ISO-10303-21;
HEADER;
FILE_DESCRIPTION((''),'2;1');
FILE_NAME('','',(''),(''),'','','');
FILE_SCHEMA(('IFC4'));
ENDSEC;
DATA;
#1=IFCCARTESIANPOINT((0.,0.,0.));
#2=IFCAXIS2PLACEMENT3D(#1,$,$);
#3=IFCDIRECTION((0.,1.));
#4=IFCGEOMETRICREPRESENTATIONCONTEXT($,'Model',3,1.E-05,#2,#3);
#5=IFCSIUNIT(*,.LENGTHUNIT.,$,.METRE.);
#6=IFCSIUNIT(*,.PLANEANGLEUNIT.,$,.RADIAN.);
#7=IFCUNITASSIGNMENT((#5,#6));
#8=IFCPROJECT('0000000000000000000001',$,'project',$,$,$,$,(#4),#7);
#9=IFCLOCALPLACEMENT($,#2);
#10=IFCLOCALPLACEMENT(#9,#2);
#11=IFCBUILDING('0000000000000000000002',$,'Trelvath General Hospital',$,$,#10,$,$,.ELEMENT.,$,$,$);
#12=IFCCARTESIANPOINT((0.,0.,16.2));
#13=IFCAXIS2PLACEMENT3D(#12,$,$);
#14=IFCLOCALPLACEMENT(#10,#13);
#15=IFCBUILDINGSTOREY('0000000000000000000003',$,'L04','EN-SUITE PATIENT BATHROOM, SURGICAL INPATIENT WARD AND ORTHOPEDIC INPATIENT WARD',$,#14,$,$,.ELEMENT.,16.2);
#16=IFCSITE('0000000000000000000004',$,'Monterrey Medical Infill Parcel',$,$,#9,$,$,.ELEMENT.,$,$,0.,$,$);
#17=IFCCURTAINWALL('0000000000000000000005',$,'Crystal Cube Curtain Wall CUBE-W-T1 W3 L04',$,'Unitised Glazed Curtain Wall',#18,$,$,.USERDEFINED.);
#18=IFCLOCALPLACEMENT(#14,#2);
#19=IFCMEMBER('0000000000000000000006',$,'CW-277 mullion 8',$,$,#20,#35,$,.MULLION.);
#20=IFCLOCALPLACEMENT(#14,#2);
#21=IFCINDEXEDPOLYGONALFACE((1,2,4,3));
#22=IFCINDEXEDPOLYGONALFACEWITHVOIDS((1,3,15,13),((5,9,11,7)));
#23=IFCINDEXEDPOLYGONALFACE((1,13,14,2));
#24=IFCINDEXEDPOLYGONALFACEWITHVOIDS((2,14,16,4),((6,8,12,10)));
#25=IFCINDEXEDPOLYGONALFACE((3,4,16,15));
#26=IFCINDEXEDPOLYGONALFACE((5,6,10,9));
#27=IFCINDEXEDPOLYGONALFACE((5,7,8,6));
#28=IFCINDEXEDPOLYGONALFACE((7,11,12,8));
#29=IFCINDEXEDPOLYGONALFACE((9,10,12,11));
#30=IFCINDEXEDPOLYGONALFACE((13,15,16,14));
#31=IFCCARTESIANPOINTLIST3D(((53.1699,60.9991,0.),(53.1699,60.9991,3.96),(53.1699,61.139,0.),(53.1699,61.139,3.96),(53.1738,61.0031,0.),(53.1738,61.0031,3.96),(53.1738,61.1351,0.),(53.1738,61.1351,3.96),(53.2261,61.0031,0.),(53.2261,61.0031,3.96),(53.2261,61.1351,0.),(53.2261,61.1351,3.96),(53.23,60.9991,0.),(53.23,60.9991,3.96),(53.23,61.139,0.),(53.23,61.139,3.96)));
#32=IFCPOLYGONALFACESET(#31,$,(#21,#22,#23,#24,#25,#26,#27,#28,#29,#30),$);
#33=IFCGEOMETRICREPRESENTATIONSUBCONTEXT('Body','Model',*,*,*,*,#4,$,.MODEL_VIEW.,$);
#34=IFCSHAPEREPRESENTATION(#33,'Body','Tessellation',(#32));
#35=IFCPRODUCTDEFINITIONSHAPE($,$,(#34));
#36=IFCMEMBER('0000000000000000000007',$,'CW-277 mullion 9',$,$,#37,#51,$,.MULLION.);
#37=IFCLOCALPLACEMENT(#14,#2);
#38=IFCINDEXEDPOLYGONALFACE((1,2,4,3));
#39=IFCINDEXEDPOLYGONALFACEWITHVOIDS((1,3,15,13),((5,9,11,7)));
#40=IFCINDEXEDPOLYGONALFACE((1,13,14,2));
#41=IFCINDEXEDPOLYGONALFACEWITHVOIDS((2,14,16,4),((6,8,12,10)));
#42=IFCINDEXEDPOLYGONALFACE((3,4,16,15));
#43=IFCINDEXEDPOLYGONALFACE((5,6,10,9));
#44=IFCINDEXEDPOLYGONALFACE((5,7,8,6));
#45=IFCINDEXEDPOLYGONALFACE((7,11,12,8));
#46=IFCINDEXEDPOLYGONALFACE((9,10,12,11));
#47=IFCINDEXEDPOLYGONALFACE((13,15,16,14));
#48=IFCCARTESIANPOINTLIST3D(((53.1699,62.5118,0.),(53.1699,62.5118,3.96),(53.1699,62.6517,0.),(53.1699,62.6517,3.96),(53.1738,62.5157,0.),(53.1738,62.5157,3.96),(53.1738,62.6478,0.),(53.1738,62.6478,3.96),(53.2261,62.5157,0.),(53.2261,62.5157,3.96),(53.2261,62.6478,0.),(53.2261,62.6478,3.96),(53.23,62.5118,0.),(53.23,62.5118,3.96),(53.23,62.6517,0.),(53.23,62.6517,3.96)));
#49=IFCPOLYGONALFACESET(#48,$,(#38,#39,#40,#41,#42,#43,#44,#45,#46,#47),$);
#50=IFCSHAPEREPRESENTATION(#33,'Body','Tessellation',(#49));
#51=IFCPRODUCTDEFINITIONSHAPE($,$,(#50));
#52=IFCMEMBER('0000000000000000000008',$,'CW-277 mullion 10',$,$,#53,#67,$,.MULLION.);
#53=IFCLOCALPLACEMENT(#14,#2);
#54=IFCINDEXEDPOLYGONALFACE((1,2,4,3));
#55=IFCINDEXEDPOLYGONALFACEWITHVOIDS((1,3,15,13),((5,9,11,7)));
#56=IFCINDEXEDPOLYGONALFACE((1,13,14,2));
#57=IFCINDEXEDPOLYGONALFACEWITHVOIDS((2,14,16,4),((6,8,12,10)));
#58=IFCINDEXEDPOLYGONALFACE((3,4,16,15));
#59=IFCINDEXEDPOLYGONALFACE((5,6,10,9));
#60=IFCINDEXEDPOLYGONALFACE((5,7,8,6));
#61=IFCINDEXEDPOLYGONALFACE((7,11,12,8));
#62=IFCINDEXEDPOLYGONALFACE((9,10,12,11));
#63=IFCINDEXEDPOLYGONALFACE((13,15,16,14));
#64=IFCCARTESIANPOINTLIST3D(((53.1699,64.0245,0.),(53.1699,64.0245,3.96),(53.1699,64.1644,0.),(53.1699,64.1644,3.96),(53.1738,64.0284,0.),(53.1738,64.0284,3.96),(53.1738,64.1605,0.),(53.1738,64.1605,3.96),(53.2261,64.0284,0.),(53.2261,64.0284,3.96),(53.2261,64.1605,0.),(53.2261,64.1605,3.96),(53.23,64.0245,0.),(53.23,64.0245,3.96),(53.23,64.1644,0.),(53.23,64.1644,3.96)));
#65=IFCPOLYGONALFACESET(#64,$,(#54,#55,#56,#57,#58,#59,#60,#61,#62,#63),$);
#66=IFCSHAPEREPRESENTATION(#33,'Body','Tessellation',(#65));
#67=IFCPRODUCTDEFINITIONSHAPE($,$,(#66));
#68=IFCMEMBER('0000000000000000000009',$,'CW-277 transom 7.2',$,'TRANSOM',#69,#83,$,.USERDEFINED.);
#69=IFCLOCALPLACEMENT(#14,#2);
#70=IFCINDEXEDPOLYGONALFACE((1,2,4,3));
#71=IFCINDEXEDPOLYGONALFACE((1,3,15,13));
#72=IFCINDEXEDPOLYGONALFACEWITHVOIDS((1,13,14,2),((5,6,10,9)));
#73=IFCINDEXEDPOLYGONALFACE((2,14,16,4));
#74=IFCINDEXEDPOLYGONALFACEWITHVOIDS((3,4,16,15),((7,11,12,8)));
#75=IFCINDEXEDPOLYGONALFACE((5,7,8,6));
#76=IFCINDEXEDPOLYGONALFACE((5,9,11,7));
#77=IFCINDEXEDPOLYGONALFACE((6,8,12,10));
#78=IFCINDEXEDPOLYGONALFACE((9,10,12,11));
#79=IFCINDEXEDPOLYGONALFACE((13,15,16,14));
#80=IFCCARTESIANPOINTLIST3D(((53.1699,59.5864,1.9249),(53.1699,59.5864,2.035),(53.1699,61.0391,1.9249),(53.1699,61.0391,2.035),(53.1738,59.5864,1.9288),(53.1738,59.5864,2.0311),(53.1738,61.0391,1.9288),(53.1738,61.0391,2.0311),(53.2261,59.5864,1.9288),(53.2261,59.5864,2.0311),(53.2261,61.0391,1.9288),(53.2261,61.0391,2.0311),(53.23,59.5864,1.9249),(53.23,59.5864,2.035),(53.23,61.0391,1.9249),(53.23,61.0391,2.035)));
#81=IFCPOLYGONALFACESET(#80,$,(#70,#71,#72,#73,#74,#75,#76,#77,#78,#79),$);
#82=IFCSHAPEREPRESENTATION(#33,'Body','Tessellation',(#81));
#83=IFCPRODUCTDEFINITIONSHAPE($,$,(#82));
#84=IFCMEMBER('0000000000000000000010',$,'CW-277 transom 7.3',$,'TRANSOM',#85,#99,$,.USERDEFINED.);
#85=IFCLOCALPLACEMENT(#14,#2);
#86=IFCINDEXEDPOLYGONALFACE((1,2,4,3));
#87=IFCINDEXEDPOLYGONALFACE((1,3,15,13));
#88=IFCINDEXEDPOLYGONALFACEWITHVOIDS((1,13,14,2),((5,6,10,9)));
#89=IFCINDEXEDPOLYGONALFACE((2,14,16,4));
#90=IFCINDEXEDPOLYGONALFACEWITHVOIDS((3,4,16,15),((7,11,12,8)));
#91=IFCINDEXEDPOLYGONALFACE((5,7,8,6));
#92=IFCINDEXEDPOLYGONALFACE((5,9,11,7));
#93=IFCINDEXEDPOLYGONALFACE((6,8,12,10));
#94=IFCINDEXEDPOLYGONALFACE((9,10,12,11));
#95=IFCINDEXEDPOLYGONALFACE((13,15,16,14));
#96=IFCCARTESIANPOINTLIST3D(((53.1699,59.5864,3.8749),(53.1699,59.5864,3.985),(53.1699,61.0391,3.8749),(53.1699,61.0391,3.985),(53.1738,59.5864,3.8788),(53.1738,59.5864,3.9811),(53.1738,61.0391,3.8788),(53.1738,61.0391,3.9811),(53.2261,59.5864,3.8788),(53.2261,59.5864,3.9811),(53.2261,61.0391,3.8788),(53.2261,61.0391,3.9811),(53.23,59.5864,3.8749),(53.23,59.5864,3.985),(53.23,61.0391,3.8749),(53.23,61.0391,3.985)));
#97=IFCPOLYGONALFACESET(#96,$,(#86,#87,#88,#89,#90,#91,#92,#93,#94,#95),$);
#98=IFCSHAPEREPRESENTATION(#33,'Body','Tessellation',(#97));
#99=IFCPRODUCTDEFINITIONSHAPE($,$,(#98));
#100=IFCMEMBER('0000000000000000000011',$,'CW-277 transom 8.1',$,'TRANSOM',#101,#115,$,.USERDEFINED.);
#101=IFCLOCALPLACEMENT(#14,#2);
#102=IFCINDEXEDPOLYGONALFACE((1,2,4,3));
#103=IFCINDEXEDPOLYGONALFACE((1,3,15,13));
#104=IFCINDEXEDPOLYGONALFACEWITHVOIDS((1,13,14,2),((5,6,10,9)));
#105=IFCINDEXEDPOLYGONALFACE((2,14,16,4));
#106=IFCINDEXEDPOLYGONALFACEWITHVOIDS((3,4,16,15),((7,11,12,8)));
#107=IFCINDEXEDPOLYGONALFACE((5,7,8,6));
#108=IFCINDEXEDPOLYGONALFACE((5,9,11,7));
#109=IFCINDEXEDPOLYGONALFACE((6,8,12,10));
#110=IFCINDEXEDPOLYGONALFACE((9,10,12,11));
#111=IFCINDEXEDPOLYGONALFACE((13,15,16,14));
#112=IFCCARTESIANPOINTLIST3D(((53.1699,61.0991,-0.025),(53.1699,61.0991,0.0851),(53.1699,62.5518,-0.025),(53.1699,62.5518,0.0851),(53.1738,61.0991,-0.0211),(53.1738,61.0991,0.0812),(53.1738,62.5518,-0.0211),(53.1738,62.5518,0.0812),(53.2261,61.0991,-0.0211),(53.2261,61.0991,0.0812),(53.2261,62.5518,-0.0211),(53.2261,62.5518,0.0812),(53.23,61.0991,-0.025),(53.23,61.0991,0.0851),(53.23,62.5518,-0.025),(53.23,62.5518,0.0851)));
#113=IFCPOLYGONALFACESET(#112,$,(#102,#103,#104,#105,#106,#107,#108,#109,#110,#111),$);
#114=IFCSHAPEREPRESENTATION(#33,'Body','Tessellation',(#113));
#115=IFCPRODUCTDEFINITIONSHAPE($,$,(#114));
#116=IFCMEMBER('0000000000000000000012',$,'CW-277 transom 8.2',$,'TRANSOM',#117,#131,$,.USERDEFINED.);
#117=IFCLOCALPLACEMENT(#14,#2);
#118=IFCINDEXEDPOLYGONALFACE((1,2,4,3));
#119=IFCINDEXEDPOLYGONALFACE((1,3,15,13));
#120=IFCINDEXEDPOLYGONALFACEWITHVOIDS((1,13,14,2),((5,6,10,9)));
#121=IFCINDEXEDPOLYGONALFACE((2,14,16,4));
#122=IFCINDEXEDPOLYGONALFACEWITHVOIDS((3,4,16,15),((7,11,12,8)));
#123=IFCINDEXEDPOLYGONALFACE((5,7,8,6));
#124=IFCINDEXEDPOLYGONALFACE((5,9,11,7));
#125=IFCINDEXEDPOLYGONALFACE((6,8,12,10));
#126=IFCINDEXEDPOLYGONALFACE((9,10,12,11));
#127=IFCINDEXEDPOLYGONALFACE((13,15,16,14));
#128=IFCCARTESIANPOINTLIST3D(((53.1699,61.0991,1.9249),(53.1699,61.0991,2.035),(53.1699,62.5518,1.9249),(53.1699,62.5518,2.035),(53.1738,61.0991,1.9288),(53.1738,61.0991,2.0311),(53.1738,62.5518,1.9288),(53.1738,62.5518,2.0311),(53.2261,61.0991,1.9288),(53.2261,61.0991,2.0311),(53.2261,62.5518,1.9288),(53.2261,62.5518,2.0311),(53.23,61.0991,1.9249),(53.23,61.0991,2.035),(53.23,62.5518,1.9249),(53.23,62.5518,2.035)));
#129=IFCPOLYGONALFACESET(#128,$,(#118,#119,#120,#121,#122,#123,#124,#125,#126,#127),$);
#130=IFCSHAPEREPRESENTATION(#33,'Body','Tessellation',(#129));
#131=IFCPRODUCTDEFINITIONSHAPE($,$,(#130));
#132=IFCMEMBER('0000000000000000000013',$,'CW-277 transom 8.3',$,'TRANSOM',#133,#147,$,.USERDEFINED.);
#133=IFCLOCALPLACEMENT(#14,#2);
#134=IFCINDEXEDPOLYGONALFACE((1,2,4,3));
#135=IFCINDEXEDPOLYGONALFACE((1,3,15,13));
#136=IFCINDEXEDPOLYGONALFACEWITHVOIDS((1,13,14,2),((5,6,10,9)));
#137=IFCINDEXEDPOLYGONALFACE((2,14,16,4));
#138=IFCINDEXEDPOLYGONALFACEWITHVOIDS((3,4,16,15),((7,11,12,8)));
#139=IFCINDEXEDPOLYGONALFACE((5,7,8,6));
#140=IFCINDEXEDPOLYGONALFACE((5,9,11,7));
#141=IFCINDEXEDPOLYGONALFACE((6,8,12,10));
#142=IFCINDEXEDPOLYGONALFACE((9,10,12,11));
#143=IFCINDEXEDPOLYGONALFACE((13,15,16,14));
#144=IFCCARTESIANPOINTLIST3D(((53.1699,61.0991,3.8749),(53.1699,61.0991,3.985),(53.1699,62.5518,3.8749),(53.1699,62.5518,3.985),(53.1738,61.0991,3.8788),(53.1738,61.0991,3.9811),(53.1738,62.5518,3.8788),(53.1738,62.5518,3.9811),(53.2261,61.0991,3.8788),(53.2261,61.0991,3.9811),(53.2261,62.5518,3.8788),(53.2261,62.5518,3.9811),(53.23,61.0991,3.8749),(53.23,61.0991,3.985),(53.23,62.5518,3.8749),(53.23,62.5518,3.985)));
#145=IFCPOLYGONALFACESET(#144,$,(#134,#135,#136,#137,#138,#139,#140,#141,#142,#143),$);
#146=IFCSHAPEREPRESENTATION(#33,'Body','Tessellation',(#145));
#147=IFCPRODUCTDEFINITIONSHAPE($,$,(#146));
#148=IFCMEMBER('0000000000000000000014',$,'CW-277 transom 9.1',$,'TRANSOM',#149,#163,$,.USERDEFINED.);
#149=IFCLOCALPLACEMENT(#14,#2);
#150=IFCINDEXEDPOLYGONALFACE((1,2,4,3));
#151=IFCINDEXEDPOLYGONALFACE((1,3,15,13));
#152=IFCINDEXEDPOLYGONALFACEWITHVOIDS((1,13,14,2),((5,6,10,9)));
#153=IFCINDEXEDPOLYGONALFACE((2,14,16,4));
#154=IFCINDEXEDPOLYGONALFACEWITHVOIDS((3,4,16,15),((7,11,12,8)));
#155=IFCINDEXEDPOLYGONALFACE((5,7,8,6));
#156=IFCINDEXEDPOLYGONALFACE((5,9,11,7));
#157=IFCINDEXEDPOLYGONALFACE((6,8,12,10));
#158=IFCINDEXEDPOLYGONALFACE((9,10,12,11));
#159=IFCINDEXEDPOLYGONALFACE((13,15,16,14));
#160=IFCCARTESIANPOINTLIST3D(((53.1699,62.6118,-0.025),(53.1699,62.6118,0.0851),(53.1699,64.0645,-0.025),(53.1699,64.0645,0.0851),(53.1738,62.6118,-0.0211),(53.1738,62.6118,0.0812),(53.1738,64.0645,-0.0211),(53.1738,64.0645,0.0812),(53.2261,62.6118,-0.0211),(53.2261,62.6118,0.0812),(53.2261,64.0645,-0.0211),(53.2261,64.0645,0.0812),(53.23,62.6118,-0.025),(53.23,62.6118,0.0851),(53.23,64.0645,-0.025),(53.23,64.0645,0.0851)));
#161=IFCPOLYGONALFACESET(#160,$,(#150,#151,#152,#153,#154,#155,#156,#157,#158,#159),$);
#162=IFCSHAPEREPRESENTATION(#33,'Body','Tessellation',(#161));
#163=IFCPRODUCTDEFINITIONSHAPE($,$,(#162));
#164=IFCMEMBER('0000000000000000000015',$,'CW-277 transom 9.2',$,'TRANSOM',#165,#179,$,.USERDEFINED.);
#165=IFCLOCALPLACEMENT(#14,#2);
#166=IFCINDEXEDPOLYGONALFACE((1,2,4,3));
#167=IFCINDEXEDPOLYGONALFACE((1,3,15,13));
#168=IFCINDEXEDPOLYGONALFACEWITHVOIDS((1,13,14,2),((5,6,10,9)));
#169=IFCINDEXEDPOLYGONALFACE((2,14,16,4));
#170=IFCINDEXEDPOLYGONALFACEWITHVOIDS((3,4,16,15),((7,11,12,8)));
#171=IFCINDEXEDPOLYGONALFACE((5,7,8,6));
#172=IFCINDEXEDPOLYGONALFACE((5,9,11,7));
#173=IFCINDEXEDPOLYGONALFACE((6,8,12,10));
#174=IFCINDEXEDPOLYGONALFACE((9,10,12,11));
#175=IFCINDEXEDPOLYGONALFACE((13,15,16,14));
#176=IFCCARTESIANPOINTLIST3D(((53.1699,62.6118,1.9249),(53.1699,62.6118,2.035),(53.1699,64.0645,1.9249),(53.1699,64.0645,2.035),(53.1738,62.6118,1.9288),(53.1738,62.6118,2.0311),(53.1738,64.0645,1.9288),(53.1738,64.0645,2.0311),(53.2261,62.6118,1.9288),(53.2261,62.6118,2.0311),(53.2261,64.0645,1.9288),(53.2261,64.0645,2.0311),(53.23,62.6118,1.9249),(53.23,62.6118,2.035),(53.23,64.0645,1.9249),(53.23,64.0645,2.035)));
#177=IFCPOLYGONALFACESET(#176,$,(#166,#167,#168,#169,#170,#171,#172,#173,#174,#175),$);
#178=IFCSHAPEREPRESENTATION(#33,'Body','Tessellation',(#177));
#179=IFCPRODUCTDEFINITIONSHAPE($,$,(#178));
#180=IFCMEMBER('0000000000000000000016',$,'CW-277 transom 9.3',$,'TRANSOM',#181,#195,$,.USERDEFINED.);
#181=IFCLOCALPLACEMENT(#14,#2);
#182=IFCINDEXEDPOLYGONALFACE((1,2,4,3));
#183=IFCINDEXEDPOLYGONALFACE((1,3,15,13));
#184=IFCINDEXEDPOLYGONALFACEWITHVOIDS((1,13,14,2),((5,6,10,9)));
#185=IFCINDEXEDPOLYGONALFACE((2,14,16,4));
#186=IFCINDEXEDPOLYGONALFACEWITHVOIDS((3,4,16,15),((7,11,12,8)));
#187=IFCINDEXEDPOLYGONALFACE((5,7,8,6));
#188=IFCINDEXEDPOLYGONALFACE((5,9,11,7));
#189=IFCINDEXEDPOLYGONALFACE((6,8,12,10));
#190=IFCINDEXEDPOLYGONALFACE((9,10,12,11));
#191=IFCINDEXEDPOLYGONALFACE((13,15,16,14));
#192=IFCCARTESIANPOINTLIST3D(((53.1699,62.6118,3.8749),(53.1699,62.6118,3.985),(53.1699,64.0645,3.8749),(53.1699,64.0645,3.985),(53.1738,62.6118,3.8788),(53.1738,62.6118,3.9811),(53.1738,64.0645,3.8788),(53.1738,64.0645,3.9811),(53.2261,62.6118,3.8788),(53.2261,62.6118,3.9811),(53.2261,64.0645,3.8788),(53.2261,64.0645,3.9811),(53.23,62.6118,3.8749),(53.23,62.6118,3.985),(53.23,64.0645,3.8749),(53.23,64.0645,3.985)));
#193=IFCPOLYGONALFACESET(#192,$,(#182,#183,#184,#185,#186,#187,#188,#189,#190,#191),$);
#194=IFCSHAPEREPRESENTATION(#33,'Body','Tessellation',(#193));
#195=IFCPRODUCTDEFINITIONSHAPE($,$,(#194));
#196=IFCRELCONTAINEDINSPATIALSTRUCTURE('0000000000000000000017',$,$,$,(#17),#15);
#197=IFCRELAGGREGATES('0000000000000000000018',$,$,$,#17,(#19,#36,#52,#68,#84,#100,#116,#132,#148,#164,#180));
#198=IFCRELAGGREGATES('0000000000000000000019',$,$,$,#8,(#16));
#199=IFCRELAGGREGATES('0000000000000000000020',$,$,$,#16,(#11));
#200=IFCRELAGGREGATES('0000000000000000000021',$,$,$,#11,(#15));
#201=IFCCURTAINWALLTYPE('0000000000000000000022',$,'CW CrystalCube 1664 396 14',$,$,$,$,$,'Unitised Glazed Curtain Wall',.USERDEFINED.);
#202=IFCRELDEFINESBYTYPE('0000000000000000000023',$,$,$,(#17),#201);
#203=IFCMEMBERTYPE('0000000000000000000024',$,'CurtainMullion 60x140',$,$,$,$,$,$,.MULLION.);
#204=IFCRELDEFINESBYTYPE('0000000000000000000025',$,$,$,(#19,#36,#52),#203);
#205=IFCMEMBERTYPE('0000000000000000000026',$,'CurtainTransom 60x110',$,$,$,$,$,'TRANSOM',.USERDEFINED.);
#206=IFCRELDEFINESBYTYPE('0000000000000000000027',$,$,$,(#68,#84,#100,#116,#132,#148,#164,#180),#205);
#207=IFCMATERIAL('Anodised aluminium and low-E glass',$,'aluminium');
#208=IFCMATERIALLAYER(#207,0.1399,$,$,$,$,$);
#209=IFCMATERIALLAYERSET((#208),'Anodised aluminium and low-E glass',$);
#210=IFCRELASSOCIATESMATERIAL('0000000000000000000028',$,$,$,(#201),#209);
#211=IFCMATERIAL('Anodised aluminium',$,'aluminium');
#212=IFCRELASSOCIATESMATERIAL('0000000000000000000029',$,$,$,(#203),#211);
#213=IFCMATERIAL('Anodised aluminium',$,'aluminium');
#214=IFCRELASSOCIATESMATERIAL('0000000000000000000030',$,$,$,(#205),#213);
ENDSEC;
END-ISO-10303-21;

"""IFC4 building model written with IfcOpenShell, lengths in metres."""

from ifc_helpers import new_model, si_unit, direction, frame, origin, origin_2d, place, context, subcontext, project, spatial, hollow_rectangle, extrude, material, layer, layer_set, material_profile, profile_set, type_object, element, aggregate, save


model = new_model("IFC4")

# Units and contexts
model_context = context("Model", 3, precision=1e-05, world=origin(), true_north=direction((0.0, 1.0)))
body_context = subcontext(model_context, "Body", "Model", "MODEL_VIEW")
ifc_project = project(units=[si_unit("LENGTHUNIT", "METRE"), si_unit("PLANEANGLEUNIT", "RADIAN")], contexts=[model_context])

# Site, building, storey
site_placement = place(None, origin())
site = spatial("IfcSite", under=ifc_project, at=site_placement, Name="Monterrey Medical Infill Parcel", CompositionType="ELEMENT", RefElevation=0.0)
building_placement = place(site_placement, origin())
building = spatial("IfcBuilding", under=site, at=building_placement, Name="Trelvath General Hospital", CompositionType="ELEMENT")
storey_placement = place(building_placement, frame((0.0, 0.0, 16.2)))
storey = spatial("IfcBuildingStorey", under=building, at=storey_placement, Name="L04", Description="EN-SUITE PATIENT BATHROOM, SURGICAL INPATIENT WARD AND ORTHOPEDIC INPATIENT WARD", CompositionType="ELEMENT", Elevation=16.2)

# Curtain wall, members
ifc_material_1 = material(Name="Anodised aluminium and low-E glass", Category="aluminium")
ifc_layer_1 = layer(ifc_material_1, 0.1399)
ifc_layer_set_1 = layer_set([ifc_layer_1], Name="Anodised aluminium and low-E glass")
curtain_wall_type = type_object("IfcCurtainWallType", Name="CW CrystalCube 1664 396 14", ElementType="Unitised Glazed Curtain Wall", PredefinedType="USERDEFINED", material=ifc_layer_set_1)
curtain_wall_placement = place(storey_placement, origin())
curtain_wall = element("IfcCurtainWall", 1, at=curtain_wall_placement, inside=storey, type_object=curtain_wall_type, Name="Crystal Cube Curtain Wall CUBE-W-T1 W3 L04", ObjectType="Unitised Glazed Curtain Wall", PredefinedType="USERDEFINED")
ifc_material_2 = material(Name="Anodised aluminium", Category="aluminium")
ifc_material_profile_1 = material_profile(ifc_material_2, hollow_rectangle(XDim=0.0601, YDim=0.1399, WallThickness=0.0039, at=origin_2d()), Name="RHS60x140x4")
ifc_profile_set_1 = profile_set([ifc_material_profile_1], Name="Anodised aluminium")
member_type_1 = type_object("IfcMemberType", Name="CurtainMullion 60x140", PredefinedType="MULLION", material=ifc_profile_set_1)
member_1_placement = place(storey_placement, frame((53.2, 61.0691, 0.0), z_axis=(0.0, 0.0, 1.0), x_axis=(-1.0, 0.0, 0.0)))
member_1 = element("IfcMember", 2, at=member_1_placement, type_object=member_type_1, Name="CW-277 mullion 8", PredefinedType="MULLION", context=body_context, shape_type="SweptSolid", body=[
    extrude(hollow_rectangle(XDim=0.0601, YDim=0.1399, WallThickness=0.0039, at=origin_2d()), origin(), (0.0, 0.0, 1.0), 3.96),
])
member_2_placement = place(storey_placement, frame((53.2, 62.5818, 0.0), z_axis=(0.0, 0.0, 1.0), x_axis=(-1.0, 0.0, 0.0)))
member_2 = element("IfcMember", 3, at=member_2_placement, type_object=member_type_1, Name="CW-277 mullion 9", PredefinedType="MULLION", context=body_context, shape_type="SweptSolid", body=[
    extrude(hollow_rectangle(XDim=0.0601, YDim=0.1399, WallThickness=0.0039, at=origin_2d()), origin(), (0.0, 0.0, 1.0), 3.96),
])
member_3_placement = place(storey_placement, frame((53.2, 64.0945, 0.0), z_axis=(0.0, 0.0, 1.0), x_axis=(-1.0, 0.0, 0.0)))
member_3 = element("IfcMember", 4, at=member_3_placement, type_object=member_type_1, Name="CW-277 mullion 10", PredefinedType="MULLION", context=body_context, shape_type="SweptSolid", body=[
    extrude(hollow_rectangle(XDim=0.0601, YDim=0.1399, WallThickness=0.0039, at=origin_2d()), origin(), (0.0, 0.0, 1.0), 3.96),
])
ifc_material_3 = material(Name="Anodised aluminium", Category="aluminium")
ifc_material_profile_2 = material_profile(ifc_material_3, hollow_rectangle(XDim=0.0601, YDim=0.1101, WallThickness=0.0039, at=origin_2d()), Name="RHS60x110x4")
ifc_profile_set_2 = profile_set([ifc_material_profile_2], Name="Anodised aluminium")
member_type_2 = type_object("IfcMemberType", Name="CurtainTransom 60x110", ElementType="TRANSOM", PredefinedType="USERDEFINED", material=ifc_profile_set_2)
member_4_placement = place(storey_placement, frame((53.2, 59.5864, 1.98), z_axis=(0.0, 1.0, 0.0), x_axis=(-1.0, 0.0, 0.0)))
member_4 = element("IfcMember", 5, at=member_4_placement, type_object=member_type_2, Name="CW-277 transom 7.2", ObjectType="TRANSOM", PredefinedType="USERDEFINED", context=body_context, shape_type="SweptSolid", body=[
    extrude(hollow_rectangle(XDim=0.0601, YDim=0.1101, WallThickness=0.0039, at=origin_2d()), origin(), (0.0, 0.0, 1.0), 1.4526),
])
member_5_placement = place(storey_placement, frame((53.2, 59.5864, 3.9299), z_axis=(0.0, 1.0, 0.0), x_axis=(-1.0, 0.0, 0.0)))
member_5 = element("IfcMember", 6, at=member_5_placement, type_object=member_type_2, Name="CW-277 transom 7.3", ObjectType="TRANSOM", PredefinedType="USERDEFINED", context=body_context, shape_type="SweptSolid", body=[
    extrude(hollow_rectangle(XDim=0.0601, YDim=0.1101, WallThickness=0.0039, at=origin_2d()), origin(), (0.0, 0.0, 1.0), 1.4526),
])
member_6_placement = place(storey_placement, frame((53.2, 61.0991, 0.03), z_axis=(0.0, 1.0, 0.0), x_axis=(-1.0, 0.0, 0.0)))
member_6 = element("IfcMember", 7, at=member_6_placement, type_object=member_type_2, Name="CW-277 transom 8.1", ObjectType="TRANSOM", PredefinedType="USERDEFINED", context=body_context, shape_type="SweptSolid", body=[
    extrude(hollow_rectangle(XDim=0.0601, YDim=0.1101, WallThickness=0.0039, at=origin_2d()), origin(), (0.0, 0.0, 1.0), 1.4526),
])
member_7_placement = place(storey_placement, frame((53.2, 61.0991, 1.98), z_axis=(0.0, 1.0, 0.0), x_axis=(-1.0, 0.0, 0.0)))
member_7 = element("IfcMember", 8, at=member_7_placement, type_object=member_type_2, Name="CW-277 transom 8.2", ObjectType="TRANSOM", PredefinedType="USERDEFINED", context=body_context, shape_type="SweptSolid", body=[
    extrude(hollow_rectangle(XDim=0.0601, YDim=0.1101, WallThickness=0.0039, at=origin_2d()), origin(), (0.0, 0.0, 1.0), 1.4526),
])
member_8_placement = place(storey_placement, frame((53.2, 61.0991, 3.9299), z_axis=(0.0, 1.0, 0.0), x_axis=(-1.0, 0.0, 0.0)))
member_8 = element("IfcMember", 9, at=member_8_placement, type_object=member_type_2, Name="CW-277 transom 8.3", ObjectType="TRANSOM", PredefinedType="USERDEFINED", context=body_context, shape_type="SweptSolid", body=[
    extrude(hollow_rectangle(XDim=0.0601, YDim=0.1101, WallThickness=0.0039, at=origin_2d()), origin(), (0.0, 0.0, 1.0), 1.4526),
])
member_9_placement = place(storey_placement, frame((53.2, 62.6118, 0.03), z_axis=(0.0, 1.0, 0.0), x_axis=(-1.0, 0.0, 0.0)))
member_9 = element("IfcMember", 10, at=member_9_placement, type_object=member_type_2, Name="CW-277 transom 9.1", ObjectType="TRANSOM", PredefinedType="USERDEFINED", context=body_context, shape_type="SweptSolid", body=[
    extrude(hollow_rectangle(XDim=0.0601, YDim=0.1101, WallThickness=0.0039, at=origin_2d()), origin(), (0.0, 0.0, 1.0), 1.4526),
])
member_10_placement = place(storey_placement, frame((53.2, 62.6118, 1.98), z_axis=(0.0, 1.0, 0.0), x_axis=(-1.0, 0.0, 0.0)))
member_10 = element("IfcMember", 11, at=member_10_placement, type_object=member_type_2, Name="CW-277 transom 9.2", ObjectType="TRANSOM", PredefinedType="USERDEFINED", context=body_context, shape_type="SweptSolid", body=[
    extrude(hollow_rectangle(XDim=0.0601, YDim=0.1101, WallThickness=0.0039, at=origin_2d()), origin(), (0.0, 0.0, 1.0), 1.4526),
])
member_11_placement = place(storey_placement, frame((53.2, 62.6118, 3.9299), z_axis=(0.0, 1.0, 0.0), x_axis=(-1.0, 0.0, 0.0)))
member_11 = element("IfcMember", 12, at=member_11_placement, type_object=member_type_2, Name="CW-277 transom 9.3", ObjectType="TRANSOM", PredefinedType="USERDEFINED", context=body_context, shape_type="SweptSolid", body=[
    extrude(hollow_rectangle(XDim=0.0601, YDim=0.1101, WallThickness=0.0039, at=origin_2d()), origin(), (0.0, 0.0, 1.0), 1.4526),
])
aggregate(curtain_wall, [member_1, member_2, member_3, member_4, member_5, member_6, member_7, member_8, member_9, member_10, member_11])

save(model, "model.ifc")
